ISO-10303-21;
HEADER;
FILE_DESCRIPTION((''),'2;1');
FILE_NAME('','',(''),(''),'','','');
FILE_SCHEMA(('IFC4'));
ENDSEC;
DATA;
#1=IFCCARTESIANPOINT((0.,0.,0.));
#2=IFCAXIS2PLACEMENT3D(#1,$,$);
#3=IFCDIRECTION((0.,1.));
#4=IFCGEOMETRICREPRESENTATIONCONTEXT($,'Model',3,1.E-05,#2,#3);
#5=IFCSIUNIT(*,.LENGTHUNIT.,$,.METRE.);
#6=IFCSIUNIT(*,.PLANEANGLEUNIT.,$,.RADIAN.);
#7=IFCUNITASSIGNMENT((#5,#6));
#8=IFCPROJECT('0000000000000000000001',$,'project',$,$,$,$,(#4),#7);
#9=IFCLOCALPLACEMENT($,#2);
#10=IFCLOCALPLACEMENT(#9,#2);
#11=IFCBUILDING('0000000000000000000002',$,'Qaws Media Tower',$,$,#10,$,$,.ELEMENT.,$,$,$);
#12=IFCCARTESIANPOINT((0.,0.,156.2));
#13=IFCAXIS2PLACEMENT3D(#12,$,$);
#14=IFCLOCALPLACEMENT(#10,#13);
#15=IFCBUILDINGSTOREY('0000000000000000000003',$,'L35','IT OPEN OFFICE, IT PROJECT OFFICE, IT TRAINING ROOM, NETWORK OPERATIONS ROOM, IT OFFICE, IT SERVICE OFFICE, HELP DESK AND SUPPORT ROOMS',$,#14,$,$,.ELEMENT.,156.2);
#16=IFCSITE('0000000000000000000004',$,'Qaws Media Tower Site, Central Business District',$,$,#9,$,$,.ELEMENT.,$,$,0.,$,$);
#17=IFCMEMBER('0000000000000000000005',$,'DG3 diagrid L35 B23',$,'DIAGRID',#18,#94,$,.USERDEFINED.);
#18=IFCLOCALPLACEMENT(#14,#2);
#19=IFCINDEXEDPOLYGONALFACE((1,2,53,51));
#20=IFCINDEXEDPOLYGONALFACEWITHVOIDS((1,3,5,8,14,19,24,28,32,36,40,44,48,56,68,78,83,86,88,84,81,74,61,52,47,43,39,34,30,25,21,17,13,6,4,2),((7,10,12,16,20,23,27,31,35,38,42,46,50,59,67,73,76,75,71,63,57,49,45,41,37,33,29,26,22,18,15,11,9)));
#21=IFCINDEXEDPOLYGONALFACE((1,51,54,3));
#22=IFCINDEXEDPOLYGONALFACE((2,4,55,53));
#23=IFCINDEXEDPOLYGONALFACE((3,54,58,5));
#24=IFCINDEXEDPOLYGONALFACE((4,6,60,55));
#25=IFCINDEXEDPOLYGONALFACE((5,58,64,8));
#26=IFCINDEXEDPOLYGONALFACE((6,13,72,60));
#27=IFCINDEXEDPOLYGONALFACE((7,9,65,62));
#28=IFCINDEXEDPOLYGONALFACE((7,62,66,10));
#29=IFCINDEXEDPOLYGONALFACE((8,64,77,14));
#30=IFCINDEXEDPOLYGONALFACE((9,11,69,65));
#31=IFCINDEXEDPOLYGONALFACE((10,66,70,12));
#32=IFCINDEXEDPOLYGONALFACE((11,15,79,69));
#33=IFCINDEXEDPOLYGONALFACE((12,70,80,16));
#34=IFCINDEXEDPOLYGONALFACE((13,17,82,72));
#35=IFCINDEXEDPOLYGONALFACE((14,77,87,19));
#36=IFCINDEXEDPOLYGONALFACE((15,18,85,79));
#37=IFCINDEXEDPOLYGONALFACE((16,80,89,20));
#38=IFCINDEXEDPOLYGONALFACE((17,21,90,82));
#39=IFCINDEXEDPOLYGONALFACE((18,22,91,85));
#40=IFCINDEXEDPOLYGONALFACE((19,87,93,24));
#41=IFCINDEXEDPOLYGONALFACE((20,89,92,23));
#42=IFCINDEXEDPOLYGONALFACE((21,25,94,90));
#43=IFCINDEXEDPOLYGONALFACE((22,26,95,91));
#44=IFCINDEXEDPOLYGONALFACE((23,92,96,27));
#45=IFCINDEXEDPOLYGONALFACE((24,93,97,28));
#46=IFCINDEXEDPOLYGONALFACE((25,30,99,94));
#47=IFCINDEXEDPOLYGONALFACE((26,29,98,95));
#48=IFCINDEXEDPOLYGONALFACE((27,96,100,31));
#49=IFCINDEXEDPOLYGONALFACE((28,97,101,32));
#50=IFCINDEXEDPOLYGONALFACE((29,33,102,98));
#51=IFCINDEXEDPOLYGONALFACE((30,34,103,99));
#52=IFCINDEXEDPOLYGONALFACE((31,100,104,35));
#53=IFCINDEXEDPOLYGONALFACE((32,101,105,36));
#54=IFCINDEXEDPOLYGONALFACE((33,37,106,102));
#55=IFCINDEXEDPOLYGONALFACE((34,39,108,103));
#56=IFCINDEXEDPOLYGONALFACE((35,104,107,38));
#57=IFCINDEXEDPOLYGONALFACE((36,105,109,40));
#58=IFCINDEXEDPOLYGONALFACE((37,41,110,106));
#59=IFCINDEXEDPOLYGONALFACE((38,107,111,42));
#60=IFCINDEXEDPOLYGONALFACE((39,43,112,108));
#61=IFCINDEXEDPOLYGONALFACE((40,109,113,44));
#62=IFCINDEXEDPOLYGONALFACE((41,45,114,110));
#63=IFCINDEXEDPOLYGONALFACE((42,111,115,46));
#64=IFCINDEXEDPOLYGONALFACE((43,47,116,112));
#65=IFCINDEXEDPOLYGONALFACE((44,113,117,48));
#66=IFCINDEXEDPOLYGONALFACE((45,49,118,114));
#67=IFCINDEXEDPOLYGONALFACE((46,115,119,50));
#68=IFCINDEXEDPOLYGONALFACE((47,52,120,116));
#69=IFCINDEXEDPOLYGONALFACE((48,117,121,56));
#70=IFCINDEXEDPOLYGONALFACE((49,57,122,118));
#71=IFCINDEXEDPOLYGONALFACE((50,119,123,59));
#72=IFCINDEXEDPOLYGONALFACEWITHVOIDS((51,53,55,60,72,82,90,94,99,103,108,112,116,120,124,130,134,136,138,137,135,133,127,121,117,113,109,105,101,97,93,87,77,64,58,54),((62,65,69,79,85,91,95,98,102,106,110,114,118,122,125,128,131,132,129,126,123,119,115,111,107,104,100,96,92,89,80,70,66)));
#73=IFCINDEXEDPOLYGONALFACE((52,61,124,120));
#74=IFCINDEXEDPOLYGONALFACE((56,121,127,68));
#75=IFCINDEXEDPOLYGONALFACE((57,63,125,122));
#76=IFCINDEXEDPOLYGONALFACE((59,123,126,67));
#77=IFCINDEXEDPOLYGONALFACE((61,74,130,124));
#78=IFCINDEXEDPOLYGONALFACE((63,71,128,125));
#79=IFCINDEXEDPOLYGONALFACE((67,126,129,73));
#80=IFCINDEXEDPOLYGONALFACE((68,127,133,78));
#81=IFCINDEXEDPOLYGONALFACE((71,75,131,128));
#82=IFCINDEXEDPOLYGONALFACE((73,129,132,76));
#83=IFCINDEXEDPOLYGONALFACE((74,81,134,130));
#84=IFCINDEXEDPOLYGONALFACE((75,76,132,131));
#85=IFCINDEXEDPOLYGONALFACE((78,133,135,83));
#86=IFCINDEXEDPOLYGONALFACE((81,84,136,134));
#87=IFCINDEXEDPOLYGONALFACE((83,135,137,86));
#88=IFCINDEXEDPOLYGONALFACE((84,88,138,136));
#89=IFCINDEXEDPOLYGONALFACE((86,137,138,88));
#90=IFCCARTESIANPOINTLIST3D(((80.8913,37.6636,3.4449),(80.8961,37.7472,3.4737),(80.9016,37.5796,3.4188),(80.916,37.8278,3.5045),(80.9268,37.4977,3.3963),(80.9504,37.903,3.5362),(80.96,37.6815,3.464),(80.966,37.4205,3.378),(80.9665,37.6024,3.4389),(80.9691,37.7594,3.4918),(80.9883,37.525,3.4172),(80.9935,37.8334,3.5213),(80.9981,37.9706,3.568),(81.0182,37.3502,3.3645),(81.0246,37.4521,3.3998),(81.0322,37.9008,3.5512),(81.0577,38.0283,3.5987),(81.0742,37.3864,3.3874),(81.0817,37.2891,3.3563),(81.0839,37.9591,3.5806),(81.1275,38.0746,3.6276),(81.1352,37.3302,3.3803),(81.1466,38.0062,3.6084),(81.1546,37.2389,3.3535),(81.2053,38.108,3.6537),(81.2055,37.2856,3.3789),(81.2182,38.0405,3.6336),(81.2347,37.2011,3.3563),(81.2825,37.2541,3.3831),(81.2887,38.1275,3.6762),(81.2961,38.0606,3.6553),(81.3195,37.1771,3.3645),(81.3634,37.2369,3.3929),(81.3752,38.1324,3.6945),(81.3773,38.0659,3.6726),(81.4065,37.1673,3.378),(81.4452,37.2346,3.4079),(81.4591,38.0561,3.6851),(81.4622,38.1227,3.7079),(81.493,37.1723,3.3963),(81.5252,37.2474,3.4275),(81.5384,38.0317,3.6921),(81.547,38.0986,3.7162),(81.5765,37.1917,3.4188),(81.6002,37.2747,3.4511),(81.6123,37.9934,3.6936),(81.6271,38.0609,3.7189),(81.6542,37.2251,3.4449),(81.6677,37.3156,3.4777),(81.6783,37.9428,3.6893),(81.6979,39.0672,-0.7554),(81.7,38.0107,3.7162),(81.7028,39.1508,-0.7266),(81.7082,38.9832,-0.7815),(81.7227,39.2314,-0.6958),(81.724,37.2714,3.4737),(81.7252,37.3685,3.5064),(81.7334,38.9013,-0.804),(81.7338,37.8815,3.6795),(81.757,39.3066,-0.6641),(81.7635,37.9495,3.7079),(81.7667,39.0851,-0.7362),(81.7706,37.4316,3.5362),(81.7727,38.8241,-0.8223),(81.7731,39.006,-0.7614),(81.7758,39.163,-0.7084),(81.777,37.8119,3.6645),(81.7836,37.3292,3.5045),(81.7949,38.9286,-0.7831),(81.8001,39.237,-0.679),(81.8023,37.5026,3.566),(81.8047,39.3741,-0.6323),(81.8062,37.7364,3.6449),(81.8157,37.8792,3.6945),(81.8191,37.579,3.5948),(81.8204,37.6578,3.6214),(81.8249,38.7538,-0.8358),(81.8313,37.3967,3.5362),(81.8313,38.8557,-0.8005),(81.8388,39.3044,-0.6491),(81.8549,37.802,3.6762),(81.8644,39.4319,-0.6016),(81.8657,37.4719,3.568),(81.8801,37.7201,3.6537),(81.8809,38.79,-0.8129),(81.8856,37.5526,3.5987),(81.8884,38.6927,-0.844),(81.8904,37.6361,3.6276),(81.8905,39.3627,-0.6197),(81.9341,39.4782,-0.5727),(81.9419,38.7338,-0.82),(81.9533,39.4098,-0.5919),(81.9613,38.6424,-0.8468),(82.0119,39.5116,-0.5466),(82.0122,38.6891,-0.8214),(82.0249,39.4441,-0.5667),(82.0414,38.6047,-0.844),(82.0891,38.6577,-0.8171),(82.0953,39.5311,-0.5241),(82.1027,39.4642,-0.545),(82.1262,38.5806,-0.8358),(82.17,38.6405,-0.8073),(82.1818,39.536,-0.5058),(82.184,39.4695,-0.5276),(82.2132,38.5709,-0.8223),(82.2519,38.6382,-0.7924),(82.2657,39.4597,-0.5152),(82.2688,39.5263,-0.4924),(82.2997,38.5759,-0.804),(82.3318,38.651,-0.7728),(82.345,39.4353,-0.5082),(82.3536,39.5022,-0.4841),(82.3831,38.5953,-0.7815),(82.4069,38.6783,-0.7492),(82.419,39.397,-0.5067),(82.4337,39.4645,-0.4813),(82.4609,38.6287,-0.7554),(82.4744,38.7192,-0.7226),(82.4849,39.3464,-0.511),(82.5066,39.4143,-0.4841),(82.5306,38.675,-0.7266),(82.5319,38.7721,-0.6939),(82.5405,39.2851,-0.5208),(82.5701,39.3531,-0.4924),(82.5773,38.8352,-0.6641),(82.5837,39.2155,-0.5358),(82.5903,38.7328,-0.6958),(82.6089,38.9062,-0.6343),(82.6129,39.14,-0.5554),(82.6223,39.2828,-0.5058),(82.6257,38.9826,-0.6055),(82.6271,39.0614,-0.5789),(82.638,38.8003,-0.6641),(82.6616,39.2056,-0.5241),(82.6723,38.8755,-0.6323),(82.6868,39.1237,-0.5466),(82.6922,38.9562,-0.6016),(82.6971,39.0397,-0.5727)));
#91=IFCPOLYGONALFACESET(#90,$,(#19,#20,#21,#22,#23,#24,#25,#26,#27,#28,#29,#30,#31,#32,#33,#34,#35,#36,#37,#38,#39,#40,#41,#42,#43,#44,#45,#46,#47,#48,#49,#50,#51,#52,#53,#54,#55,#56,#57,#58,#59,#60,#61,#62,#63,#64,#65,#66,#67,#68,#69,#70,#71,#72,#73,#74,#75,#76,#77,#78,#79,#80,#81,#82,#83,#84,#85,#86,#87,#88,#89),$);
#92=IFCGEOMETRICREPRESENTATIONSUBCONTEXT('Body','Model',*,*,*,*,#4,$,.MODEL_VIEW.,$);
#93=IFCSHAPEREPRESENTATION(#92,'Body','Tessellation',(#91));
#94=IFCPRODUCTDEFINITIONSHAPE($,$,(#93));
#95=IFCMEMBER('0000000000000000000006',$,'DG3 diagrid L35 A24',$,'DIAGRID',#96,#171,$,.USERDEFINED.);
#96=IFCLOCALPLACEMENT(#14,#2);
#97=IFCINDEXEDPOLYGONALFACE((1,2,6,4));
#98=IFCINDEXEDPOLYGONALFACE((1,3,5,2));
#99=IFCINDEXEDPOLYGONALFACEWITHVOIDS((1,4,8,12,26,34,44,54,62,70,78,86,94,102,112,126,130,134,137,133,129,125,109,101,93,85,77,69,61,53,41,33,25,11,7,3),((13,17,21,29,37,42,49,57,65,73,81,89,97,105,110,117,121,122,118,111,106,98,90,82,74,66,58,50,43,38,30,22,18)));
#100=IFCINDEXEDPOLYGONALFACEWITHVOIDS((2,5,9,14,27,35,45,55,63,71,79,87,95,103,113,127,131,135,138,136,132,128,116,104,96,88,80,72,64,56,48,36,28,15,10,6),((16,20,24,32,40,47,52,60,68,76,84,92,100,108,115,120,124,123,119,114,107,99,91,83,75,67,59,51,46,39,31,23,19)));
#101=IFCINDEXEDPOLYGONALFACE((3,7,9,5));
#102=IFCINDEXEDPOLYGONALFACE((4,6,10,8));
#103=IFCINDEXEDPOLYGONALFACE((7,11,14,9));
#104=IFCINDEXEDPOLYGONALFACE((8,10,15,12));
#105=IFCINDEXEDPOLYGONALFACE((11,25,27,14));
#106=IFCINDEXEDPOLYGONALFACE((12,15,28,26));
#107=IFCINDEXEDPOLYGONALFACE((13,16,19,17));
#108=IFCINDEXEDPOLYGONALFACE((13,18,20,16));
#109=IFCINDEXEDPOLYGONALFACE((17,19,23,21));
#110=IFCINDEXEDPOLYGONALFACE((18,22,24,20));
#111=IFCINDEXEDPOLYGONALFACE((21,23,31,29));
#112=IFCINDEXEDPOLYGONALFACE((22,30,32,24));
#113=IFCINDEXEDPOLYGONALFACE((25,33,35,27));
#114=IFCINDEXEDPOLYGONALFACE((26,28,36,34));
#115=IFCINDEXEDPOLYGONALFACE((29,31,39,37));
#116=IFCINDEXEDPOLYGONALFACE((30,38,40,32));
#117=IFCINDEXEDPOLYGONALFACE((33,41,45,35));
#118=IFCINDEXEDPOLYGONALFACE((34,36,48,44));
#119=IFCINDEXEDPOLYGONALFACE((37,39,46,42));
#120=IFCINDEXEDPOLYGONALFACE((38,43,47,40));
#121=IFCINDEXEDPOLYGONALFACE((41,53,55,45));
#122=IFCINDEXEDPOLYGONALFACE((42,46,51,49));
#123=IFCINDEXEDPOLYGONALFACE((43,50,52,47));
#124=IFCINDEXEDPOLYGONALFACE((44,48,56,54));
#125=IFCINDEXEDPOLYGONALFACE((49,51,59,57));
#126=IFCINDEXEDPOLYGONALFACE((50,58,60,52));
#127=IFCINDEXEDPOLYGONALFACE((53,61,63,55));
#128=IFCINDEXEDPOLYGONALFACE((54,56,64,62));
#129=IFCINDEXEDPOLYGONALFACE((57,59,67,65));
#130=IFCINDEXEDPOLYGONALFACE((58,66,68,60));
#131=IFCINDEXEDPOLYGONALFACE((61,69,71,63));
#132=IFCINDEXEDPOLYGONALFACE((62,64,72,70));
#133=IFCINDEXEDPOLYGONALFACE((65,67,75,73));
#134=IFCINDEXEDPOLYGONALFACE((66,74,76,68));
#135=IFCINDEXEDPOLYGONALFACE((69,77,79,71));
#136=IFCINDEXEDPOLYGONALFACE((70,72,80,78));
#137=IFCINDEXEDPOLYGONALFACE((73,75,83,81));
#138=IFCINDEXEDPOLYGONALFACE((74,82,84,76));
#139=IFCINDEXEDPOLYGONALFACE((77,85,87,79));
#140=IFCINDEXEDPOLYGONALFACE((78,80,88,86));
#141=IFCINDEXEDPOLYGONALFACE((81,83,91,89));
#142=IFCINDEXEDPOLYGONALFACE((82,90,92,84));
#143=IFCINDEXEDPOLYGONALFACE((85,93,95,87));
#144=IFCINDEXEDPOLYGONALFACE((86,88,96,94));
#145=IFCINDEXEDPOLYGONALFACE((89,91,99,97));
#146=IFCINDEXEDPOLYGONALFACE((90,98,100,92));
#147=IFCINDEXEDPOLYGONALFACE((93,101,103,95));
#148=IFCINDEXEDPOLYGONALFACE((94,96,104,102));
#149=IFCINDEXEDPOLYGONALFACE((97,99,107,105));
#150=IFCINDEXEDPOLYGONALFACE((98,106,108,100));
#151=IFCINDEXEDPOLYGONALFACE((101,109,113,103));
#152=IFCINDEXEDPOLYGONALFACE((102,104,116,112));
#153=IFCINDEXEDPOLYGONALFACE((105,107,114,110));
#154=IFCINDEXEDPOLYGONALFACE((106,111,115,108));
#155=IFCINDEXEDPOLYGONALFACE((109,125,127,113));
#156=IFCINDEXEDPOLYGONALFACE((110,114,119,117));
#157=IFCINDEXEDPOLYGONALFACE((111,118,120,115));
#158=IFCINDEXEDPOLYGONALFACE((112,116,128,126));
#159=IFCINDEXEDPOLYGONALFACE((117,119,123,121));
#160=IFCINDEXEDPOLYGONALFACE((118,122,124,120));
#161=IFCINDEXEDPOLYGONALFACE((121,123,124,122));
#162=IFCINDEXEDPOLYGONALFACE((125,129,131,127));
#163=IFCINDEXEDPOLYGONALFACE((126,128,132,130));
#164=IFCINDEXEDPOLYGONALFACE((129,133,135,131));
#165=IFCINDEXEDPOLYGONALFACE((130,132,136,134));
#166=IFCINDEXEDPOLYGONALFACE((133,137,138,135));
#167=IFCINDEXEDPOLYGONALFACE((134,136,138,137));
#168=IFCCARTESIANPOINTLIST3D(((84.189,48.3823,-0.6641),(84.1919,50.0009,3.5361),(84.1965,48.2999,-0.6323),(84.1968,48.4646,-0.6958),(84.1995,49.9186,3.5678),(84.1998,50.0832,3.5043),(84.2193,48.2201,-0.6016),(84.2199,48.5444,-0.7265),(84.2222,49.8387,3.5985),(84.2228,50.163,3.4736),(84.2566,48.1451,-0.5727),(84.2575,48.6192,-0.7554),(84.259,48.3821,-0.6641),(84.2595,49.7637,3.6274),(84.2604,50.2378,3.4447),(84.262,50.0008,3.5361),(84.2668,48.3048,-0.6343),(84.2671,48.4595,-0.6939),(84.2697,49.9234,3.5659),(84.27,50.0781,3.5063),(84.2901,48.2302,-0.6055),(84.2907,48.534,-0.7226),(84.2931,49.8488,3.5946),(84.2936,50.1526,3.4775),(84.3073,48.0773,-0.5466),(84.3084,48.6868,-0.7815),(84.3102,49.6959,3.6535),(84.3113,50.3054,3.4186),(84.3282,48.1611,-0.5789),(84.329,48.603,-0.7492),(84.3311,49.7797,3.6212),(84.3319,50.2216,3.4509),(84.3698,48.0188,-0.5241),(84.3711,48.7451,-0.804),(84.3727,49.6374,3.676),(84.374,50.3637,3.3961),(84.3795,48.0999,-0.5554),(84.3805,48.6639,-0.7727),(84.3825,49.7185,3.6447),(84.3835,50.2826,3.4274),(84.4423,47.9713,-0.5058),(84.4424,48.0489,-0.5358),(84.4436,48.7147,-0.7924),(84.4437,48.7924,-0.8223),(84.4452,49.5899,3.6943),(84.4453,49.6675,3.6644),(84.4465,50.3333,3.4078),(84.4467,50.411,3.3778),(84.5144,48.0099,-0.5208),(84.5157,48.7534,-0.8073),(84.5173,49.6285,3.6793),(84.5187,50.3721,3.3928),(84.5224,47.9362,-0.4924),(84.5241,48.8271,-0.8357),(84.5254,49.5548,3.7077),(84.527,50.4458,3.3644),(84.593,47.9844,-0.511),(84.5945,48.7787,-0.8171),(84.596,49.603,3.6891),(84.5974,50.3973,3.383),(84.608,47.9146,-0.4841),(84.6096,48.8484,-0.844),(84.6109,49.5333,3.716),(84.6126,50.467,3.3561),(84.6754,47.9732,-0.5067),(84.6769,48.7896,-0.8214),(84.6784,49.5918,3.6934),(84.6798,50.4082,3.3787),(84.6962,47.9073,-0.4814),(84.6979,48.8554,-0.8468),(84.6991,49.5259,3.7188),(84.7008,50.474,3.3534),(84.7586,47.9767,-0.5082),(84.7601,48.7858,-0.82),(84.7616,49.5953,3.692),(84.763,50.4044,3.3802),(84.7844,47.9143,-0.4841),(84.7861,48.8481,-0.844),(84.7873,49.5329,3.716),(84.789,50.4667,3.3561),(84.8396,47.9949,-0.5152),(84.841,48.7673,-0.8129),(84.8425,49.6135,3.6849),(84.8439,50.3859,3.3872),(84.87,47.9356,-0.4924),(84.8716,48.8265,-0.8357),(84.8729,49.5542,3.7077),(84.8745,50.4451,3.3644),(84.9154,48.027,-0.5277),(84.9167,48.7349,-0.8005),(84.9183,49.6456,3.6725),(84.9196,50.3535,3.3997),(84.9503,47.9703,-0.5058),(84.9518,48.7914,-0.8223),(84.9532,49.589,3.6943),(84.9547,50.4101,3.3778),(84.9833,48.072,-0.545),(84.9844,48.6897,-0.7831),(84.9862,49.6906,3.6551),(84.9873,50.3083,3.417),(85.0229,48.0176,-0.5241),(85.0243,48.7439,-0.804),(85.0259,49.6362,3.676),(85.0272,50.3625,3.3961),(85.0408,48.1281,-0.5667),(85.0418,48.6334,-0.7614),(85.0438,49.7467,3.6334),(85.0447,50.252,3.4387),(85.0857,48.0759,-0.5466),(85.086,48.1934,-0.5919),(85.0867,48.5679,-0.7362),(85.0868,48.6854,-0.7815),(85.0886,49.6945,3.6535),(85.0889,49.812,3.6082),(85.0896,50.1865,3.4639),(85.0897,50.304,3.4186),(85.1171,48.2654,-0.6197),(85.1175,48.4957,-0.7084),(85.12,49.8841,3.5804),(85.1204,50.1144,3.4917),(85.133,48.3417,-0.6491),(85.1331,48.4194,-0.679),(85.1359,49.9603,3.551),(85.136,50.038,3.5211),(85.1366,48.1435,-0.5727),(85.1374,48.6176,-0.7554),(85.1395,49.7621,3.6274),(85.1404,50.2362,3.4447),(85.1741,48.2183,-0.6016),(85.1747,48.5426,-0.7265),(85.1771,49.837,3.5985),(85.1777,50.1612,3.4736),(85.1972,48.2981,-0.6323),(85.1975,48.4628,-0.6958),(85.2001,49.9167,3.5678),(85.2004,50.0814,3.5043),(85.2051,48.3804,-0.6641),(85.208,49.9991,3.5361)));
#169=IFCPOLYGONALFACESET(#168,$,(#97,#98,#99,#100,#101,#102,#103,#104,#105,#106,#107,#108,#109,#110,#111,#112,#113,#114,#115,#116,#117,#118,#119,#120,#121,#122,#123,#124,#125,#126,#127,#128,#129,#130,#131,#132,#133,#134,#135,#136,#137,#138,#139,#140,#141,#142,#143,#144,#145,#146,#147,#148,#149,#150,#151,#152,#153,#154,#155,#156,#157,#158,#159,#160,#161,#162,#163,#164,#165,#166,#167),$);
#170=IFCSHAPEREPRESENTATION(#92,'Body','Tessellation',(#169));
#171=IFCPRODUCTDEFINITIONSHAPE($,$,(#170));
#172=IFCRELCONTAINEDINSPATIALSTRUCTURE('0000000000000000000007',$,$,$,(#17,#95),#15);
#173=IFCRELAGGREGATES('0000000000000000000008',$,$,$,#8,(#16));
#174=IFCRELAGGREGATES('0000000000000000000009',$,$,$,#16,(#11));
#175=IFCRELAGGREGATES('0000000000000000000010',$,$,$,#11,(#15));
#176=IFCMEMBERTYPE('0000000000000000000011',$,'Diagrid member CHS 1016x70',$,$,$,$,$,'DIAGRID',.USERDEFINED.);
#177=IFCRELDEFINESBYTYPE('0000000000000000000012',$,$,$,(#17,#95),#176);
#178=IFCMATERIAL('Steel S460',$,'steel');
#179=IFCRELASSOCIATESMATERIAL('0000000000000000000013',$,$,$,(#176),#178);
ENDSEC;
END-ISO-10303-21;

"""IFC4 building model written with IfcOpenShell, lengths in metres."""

from ifc_helpers import new_model, si_unit, direction, frame, origin, origin_2d, place, context, subcontext, project, spatial, hollow_circle, extrude, material, material_profile, profile_set, type_object, element, save


model = new_model("IFC4")

# Units and contexts
model_context = context("Model", 3, precision=1e-05, world=origin(), true_north=direction((0.0, 1.0)))
body_context = subcontext(model_context, "Body", "Model", "MODEL_VIEW")
ifc_project = project(units=[si_unit("LENGTHUNIT", "METRE"), si_unit("PLANEANGLEUNIT", "RADIAN")], contexts=[model_context])

# Site, building, storey
site_placement = place(None, origin())
site = spatial("IfcSite", under=ifc_project, at=site_placement, Name="Qaws Media Tower Site, Central Business District", CompositionType="ELEMENT", RefElevation=0.0)
building_placement = place(site_placement, origin())
building = spatial("IfcBuilding", under=site, at=building_placement, Name="Qaws Media Tower", CompositionType="ELEMENT")
storey_placement = place(building_placement, frame((0.0, 0.0, 156.2)))
storey = spatial("IfcBuildingStorey", under=building, at=storey_placement, Name="L35", Description="IT OPEN OFFICE, IT PROJECT OFFICE, IT TRAINING ROOM, NETWORK OPERATIONS ROOM, IT OFFICE, IT SERVICE OFFICE, HELP DESK AND SUPPORT ROOMS", CompositionType="ELEMENT", Elevation=156.2)

# Members
ifc_material_1 = material(Name="Steel S460", Category="steel")
ifc_material_profile_1 = material_profile(ifc_material_1, hollow_circle(Radius=0.5081, WallThickness=0.0701, at=origin_2d()), Name="CHS 1016x70")
ifc_profile_set_1 = profile_set([ifc_material_profile_1], Name="Steel S460")
member_type_1 = type_object("IfcMemberType", Name="Diagrid member CHS 1016x70", ElementType="DIAGRID", PredefinedType="USERDEFINED", material=ifc_profile_set_1)
member_1_placement = place(storey_placement, frame((82.1975, 39.0535, -0.6641), z_axis=(-0.179199, -0.311809, 0.933093), x_axis=(0.867015, -0.498281, 0.0)))
element("IfcMember", 1, at=member_1_placement, inside=storey, type_object=member_type_1, Name="DG3 diagrid L35 B23", ObjectType="DIAGRID", PredefinedType="USERDEFINED", context=body_context, shape_type="SweptSolid", body=[
    extrude(hollow_circle(Radius=0.5081, WallThickness=0.0701, at=origin_2d()), origin(), (0.0, 0.0, 1.0), 4.5015),
])
member_2_placement = place(storey_placement, frame((84.697, 48.3813, -0.6641), z_axis=(0.000651, 0.359597, 0.933108), x_axis=(-0.999998, 0.00181, 0.0)))
element("IfcMember", 2, at=member_2_placement, inside=storey, type_object=member_type_1, Name="DG3 diagrid L35 A24", ObjectType="DIAGRID", PredefinedType="USERDEFINED", context=body_context, shape_type="SweptSolid", body=[
    extrude(hollow_circle(Radius=0.5081, WallThickness=0.0701, at=origin_2d()), origin(), (0.0, 0.0, 1.0), 4.5012),
])

save(model, "model.ifc")
